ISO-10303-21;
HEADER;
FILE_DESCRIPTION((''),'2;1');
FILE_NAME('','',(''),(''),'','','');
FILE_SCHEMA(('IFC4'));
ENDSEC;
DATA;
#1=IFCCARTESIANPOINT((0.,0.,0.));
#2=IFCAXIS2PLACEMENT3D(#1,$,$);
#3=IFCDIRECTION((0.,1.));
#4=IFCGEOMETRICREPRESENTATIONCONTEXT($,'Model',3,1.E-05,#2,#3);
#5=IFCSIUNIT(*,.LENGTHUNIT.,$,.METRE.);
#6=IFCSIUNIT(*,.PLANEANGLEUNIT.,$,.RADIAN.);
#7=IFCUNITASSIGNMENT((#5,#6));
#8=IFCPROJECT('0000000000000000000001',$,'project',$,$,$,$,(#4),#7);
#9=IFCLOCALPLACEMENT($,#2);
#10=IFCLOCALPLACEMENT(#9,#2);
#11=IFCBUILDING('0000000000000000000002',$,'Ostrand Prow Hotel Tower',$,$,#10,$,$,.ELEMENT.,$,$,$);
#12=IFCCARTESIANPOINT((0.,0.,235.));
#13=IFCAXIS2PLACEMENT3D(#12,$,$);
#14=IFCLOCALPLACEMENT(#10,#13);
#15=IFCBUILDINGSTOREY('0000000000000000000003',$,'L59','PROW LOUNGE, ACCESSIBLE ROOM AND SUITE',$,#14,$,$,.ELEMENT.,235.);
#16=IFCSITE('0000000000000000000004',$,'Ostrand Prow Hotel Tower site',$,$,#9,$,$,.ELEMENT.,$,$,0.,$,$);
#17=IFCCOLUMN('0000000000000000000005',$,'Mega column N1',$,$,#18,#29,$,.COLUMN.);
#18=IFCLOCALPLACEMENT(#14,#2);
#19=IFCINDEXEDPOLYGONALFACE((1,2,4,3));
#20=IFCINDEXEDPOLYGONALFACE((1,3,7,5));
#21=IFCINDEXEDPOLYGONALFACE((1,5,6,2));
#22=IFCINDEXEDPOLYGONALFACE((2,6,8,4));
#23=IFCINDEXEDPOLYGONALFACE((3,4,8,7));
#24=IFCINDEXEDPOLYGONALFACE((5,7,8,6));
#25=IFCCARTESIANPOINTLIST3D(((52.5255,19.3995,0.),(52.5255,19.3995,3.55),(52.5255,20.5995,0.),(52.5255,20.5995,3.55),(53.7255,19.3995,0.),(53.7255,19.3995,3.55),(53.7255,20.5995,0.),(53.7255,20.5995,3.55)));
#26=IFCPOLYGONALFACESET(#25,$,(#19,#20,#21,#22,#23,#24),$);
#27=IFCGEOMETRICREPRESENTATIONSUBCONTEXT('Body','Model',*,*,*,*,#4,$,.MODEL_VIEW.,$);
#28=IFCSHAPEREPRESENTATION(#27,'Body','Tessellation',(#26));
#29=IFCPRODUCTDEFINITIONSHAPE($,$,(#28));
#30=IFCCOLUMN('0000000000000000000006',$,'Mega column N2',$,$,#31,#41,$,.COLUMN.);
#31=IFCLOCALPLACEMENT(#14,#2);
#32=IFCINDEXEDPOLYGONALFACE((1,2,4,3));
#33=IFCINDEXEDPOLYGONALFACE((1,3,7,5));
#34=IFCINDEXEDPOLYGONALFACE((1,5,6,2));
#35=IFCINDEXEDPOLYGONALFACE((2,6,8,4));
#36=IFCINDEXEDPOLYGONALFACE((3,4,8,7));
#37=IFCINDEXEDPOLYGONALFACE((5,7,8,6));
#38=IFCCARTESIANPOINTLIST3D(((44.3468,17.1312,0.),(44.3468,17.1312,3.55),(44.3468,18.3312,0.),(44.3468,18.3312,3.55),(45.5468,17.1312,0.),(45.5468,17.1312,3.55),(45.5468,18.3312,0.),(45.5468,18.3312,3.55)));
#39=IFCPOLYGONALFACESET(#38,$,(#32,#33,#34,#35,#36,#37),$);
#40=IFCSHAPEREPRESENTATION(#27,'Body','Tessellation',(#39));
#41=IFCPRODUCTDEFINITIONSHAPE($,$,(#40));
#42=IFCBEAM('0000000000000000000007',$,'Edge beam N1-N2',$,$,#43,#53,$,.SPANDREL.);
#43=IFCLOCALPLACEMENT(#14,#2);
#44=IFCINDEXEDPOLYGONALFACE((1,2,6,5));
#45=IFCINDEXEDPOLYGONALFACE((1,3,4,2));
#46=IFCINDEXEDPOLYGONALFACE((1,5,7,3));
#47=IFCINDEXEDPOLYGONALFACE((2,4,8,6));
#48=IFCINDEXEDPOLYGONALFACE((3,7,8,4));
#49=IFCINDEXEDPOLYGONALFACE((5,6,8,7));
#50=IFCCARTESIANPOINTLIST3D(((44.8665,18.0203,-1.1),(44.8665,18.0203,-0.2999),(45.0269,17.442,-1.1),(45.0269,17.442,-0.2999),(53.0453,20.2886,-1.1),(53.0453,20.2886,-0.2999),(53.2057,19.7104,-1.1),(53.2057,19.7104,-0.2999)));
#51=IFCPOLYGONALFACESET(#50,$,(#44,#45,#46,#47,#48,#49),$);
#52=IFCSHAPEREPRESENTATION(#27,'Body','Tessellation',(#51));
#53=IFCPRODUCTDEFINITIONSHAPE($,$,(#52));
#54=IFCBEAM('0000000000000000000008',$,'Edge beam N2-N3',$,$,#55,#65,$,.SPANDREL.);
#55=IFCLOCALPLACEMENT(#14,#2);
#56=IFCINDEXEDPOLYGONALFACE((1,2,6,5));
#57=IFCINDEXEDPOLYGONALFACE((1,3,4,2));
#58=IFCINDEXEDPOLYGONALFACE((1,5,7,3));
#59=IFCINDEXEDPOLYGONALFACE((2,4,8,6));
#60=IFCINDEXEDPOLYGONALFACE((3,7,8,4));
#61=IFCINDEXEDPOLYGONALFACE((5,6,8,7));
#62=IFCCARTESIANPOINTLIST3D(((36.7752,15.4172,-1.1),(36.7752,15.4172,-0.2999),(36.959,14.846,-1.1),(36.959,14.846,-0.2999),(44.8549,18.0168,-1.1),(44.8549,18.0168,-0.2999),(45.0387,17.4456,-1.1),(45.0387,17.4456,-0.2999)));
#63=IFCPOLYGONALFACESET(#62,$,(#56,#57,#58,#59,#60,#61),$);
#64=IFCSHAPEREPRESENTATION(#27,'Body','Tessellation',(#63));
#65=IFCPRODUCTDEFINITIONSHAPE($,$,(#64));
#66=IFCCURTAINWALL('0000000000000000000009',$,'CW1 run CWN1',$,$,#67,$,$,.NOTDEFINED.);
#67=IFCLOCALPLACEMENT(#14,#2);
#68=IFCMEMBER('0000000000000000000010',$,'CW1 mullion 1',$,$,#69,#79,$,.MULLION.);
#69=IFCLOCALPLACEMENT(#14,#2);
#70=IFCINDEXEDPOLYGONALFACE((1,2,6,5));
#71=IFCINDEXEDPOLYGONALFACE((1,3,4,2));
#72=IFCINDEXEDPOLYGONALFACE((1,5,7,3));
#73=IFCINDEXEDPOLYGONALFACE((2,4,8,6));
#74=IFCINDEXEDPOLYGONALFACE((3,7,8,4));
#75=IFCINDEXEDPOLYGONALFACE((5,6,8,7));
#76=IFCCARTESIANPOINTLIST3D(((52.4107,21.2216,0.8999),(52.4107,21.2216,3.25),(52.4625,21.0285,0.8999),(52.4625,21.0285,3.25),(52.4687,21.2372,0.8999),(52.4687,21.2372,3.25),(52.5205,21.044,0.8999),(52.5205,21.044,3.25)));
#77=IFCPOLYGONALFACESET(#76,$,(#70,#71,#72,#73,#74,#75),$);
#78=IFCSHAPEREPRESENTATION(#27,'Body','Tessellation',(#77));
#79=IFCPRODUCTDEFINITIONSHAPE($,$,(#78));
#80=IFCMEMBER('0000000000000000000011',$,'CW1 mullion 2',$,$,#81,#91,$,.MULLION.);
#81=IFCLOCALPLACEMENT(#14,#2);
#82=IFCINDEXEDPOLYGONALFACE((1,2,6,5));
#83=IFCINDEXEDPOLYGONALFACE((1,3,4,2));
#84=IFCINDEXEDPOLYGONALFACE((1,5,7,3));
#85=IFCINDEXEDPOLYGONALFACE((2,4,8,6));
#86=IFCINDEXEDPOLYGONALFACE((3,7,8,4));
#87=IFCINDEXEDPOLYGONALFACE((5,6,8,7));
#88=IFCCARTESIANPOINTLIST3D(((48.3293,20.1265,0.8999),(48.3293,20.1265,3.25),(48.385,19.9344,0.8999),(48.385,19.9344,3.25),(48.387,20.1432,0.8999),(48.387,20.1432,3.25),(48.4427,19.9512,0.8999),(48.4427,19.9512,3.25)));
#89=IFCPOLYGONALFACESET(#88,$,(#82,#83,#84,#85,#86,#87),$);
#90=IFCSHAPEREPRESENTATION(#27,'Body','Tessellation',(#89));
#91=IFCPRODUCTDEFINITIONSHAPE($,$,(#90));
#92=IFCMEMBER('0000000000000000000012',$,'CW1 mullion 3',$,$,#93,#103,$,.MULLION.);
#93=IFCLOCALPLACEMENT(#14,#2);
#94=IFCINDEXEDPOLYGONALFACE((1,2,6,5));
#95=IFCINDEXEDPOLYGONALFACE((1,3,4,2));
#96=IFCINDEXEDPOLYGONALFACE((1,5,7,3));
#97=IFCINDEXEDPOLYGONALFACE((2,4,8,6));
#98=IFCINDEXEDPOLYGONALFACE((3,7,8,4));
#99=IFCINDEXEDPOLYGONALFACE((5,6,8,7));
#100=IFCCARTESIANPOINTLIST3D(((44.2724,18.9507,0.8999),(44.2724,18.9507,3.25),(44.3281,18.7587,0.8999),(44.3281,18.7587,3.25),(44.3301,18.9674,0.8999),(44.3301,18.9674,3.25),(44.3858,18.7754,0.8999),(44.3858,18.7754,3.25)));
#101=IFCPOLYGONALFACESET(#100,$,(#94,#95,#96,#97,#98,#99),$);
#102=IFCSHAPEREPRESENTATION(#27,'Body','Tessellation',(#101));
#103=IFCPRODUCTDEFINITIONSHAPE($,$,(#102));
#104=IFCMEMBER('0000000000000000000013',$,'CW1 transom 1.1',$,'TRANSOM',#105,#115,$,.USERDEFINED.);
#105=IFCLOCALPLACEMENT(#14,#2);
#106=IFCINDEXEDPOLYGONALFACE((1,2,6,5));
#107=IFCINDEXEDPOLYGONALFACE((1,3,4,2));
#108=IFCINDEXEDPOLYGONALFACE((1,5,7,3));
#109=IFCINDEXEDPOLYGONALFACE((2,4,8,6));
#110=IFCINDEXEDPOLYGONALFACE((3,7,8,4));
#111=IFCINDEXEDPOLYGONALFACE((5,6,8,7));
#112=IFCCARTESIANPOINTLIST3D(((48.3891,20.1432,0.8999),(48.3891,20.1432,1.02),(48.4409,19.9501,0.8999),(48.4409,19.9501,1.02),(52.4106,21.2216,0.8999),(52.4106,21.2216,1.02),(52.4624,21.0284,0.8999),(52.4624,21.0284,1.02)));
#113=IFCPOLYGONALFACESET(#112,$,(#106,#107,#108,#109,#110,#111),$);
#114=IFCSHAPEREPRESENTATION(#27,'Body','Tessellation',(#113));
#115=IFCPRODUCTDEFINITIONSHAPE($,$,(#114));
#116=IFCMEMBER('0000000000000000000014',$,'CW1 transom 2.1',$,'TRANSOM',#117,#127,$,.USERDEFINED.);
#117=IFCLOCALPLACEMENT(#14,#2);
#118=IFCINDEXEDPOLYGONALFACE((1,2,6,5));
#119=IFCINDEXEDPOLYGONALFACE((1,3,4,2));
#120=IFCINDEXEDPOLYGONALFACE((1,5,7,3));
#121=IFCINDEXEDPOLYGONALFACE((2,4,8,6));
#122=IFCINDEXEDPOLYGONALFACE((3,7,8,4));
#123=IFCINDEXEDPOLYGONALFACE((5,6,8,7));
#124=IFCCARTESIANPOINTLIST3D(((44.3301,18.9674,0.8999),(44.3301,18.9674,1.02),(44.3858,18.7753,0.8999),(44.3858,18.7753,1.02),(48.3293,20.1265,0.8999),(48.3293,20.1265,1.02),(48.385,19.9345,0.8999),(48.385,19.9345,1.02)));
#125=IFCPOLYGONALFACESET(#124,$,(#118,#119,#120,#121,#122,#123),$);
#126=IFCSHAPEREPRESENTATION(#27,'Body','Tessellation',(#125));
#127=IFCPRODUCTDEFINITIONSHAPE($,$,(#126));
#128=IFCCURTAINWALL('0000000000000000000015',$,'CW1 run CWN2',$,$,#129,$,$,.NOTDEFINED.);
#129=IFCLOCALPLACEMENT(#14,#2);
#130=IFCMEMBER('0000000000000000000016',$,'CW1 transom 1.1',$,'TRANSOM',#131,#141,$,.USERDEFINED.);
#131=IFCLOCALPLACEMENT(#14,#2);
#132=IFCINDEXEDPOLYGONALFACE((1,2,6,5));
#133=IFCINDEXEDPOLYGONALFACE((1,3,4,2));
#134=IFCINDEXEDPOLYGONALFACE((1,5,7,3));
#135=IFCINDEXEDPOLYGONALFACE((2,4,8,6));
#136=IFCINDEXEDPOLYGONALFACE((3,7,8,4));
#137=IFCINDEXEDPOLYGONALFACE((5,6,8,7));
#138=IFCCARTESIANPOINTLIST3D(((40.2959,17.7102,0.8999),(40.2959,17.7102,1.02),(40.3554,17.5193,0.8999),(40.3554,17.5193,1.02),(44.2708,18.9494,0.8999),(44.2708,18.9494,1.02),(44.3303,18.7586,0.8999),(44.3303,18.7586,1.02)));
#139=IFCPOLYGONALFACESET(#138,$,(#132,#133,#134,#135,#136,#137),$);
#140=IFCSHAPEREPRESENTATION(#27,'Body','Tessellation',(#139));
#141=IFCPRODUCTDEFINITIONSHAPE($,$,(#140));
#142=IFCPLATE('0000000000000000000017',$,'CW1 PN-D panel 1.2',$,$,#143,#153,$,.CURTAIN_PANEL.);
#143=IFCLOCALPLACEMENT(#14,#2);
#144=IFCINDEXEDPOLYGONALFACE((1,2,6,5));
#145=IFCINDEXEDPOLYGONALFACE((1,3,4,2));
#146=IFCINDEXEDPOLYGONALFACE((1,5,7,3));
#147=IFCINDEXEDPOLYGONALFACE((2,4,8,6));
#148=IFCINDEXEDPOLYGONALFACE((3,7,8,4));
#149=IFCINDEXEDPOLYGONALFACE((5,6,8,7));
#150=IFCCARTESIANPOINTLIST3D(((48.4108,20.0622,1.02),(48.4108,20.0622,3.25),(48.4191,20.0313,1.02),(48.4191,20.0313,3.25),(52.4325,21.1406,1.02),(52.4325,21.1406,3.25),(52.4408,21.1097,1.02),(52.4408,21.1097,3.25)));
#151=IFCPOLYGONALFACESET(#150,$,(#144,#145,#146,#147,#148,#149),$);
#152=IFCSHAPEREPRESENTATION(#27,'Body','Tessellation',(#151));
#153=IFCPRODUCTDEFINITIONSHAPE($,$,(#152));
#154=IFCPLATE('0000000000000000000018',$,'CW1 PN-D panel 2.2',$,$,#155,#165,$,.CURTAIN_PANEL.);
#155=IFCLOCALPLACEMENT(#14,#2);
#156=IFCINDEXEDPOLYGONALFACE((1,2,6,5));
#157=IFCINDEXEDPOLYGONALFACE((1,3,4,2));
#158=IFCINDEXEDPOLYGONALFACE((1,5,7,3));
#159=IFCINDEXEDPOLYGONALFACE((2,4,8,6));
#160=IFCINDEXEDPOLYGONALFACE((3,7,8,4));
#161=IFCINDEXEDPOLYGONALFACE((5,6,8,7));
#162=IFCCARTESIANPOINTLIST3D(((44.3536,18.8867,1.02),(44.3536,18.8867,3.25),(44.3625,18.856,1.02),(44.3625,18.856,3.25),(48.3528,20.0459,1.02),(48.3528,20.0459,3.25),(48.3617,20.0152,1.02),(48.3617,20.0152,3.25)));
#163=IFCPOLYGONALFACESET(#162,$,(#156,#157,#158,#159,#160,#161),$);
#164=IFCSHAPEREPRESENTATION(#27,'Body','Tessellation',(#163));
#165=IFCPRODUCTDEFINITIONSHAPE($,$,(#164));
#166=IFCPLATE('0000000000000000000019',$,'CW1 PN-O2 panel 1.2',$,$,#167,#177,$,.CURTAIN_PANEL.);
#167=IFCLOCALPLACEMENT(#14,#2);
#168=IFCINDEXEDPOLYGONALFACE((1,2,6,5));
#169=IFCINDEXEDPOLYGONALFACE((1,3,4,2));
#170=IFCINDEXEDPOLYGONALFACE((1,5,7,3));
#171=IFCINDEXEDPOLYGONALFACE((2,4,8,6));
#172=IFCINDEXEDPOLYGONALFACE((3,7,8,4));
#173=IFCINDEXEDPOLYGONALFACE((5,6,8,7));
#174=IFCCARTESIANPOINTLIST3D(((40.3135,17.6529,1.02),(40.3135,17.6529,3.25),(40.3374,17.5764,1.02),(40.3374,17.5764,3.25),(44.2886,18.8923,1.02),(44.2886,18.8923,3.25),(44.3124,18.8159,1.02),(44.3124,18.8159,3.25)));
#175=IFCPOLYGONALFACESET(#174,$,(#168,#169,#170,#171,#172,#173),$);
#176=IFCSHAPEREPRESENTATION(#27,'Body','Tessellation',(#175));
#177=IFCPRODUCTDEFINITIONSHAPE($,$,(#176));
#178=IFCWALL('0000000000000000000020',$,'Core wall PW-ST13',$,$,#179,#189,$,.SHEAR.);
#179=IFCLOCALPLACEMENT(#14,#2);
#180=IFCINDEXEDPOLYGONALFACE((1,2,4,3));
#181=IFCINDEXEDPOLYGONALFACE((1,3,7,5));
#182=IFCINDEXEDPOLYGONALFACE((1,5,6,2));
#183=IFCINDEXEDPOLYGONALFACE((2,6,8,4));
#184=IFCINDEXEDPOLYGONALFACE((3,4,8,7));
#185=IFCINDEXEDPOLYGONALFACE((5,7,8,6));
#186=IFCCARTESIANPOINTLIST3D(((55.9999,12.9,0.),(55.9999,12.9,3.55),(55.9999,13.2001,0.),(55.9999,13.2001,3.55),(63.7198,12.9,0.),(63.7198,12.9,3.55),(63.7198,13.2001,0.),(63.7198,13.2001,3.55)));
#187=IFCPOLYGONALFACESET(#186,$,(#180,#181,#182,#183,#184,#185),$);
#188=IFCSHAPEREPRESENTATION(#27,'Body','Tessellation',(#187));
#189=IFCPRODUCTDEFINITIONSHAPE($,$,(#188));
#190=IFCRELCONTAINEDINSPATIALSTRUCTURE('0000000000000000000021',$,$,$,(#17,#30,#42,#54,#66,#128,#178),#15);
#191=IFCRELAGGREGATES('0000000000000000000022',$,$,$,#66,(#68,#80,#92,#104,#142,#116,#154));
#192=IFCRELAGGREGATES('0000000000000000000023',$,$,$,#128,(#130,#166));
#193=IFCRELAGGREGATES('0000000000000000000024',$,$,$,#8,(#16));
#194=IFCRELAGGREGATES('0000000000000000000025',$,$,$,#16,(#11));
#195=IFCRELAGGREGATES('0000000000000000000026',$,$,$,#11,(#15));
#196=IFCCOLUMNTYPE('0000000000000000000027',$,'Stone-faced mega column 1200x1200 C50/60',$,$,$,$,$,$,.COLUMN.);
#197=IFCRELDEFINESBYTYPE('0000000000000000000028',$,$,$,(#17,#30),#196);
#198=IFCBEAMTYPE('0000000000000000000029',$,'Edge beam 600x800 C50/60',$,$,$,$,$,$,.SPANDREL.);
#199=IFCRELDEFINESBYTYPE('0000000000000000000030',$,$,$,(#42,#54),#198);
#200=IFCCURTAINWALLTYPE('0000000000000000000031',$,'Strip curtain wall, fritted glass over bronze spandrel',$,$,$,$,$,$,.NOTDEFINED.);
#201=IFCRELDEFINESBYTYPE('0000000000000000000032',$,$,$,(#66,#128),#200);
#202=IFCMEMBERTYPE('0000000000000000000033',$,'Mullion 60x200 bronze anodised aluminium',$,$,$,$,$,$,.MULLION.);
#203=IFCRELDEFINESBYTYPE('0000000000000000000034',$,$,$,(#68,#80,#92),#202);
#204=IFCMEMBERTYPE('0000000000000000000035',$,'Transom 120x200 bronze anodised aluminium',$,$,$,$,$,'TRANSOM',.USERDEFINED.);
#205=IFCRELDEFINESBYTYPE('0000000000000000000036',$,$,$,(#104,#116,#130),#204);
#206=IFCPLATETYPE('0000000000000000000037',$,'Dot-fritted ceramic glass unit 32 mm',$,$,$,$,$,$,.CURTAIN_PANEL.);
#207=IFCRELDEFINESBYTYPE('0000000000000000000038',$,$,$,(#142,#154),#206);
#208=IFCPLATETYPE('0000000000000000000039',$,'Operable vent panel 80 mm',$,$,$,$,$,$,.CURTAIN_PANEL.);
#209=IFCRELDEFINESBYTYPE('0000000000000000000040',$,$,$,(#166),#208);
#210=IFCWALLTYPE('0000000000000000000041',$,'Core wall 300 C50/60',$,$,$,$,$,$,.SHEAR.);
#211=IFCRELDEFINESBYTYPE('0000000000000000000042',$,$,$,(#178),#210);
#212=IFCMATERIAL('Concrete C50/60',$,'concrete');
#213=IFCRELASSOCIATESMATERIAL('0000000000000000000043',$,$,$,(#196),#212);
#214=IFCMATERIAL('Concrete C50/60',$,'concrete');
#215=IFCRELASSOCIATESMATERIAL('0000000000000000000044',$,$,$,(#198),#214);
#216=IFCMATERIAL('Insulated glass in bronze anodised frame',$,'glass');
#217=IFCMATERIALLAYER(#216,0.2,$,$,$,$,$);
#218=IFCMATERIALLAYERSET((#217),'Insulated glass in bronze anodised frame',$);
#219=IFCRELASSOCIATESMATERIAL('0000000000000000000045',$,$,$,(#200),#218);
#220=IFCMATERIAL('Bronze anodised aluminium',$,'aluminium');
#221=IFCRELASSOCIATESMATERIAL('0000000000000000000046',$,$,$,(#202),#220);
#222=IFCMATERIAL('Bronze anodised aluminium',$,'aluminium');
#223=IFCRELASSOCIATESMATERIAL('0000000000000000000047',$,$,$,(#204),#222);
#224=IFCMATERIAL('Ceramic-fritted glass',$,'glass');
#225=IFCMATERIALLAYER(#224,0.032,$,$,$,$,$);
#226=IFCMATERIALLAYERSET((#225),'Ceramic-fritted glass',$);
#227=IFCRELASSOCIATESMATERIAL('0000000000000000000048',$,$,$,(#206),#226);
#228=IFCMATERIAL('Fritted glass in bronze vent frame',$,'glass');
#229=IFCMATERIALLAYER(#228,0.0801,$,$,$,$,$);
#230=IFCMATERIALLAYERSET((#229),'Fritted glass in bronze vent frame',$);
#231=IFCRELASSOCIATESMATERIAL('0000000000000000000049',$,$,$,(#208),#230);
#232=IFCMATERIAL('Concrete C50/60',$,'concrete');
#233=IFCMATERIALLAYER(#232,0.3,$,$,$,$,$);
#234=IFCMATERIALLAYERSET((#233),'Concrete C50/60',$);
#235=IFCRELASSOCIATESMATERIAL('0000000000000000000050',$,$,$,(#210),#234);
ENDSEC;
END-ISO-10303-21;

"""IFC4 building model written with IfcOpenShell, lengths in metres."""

from ifc_helpers import new_model, si_unit, direction, frame, frame_2d, origin, origin_2d, place, context, subcontext, project, spatial, rectangle, extrude, material, layer, layer_set, material_profile, profile_set, type_object, element, aggregate, save


model = new_model("IFC4")

# Units and contexts
model_context = context("Model", 3, precision=1e-05, world=origin(), true_north=direction((0.0, 1.0)))
body_context = subcontext(model_context, "Body", "Model", "MODEL_VIEW")
ifc_project = project(units=[si_unit("LENGTHUNIT", "METRE"), si_unit("PLANEANGLEUNIT", "RADIAN")], contexts=[model_context])

# Site, building, storey
site_placement = place(None, origin())
site = spatial("IfcSite", under=ifc_project, at=site_placement, Name="Ostrand Prow Hotel Tower site", CompositionType="ELEMENT", RefElevation=0.0)
building_placement = place(site_placement, origin())
building = spatial("IfcBuilding", under=site, at=building_placement, Name="Ostrand Prow Hotel Tower", CompositionType="ELEMENT")
storey_placement = place(building_placement, frame((0.0, 0.0, 235.0)))
storey = spatial("IfcBuildingStorey", under=building, at=storey_placement, Name="L59", Description="PROW LOUNGE, ACCESSIBLE ROOM AND SUITE", CompositionType="ELEMENT", Elevation=235.0)

# Columns
ifc_material_1 = material(Name="Concrete C50/60", Category="concrete")
ifc_material_profile_1 = material_profile(ifc_material_1, rectangle(XDim=1.2, YDim=1.2, at=origin_2d()), Name="RC 1200x1200")
ifc_profile_set_1 = profile_set([ifc_material_profile_1], Name="Concrete C50/60")
column_type = type_object("IfcColumnType", Name="Stone-faced mega column 1200x1200 C50/60", PredefinedType="COLUMN", material=ifc_profile_set_1)
for number, where, z_axis, x_axis, name in (
    (1, (53.1255, 19.9995, 0.0), (0.0, 0.0, 1.0), (1.0, 0.0, 0.0), "Mega column N1"),
    (2, (44.9468, 17.7312, 0.0), (0.0, 0.0, 1.0), (1.0, 0.0, 0.0), "Mega column N2"),
):
    element("IfcColumn", number, at=place(storey_placement, frame(where, z_axis=z_axis, x_axis=x_axis)), inside=storey, type_object=column_type, Name=name, PredefinedType="COLUMN", context=body_context, shape_type="SweptSolid", body=[
        extrude(rectangle(XDim=1.2, YDim=1.2, at=origin_2d()), origin(), (0.0, 0.0, 1.0), 3.55),
    ])

# Beams
ifc_material_2 = material(Name="Concrete C50/60", Category="concrete")
ifc_material_profile_2 = material_profile(ifc_material_2, rectangle(XDim=0.6001, YDim=0.8, at=origin_2d()), Name="RC 600x800")
ifc_profile_set_2 = profile_set([ifc_material_profile_2], Name="Concrete C50/60")
beam_type = type_object("IfcBeamType", Name="Edge beam 600x800 C50/60", PredefinedType="SPANDREL", material=ifc_profile_set_2)
for number, where, z_axis, x_axis, name in (
    (3, (53.1255, 19.9995, -0.7), (-0.963626, -0.267255, 0.0), (0.267255, -0.963626, 0.0), "Edge beam N1-N2"),
    (4, (44.9468, 17.7312, -0.7), (-0.951939, -0.306287, 0.0), (0.306287, -0.951939, 0.0), "Edge beam N2-N3"),
):
    element("IfcBeam", number, at=place(storey_placement, frame(where, z_axis=z_axis, x_axis=x_axis)), inside=storey, type_object=beam_type, Name=name, PredefinedType="SPANDREL", context=body_context, shape_type="SweptSolid", body=[
        extrude(rectangle(XDim=0.6001, YDim=0.8, at=origin_2d()), origin(), (0.0, 0.0, 1.0), 8.4875),
    ])

# Curtain wall, members
ifc_material_3 = material(Name="Insulated glass in bronze anodised frame", Category="glass")
ifc_layer_1 = layer(ifc_material_3, 0.2)
ifc_layer_set_1 = layer_set([ifc_layer_1], Name="Insulated glass in bronze anodised frame")
curtain_wall_type = type_object("IfcCurtainWallType", Name="Strip curtain wall, fritted glass over bronze spandrel", PredefinedType="NOTDEFINED", material=ifc_layer_set_1)
curtain_wall_1_placement = place(storey_placement, origin())
curtain_wall_1 = element("IfcCurtainWall", 5, at=curtain_wall_1_placement, inside=storey, type_object=curtain_wall_type, Name="CW1 run CWN1", PredefinedType="NOTDEFINED")
ifc_material_4 = material(Name="Bronze anodised aluminium", Category="aluminium")
ifc_material_profile_3 = material_profile(ifc_material_4, rectangle(XDim=0.2, YDim=0.0601, at=origin_2d()), Name="Mullion 60x200 bronze anodised aluminium")
ifc_profile_set_3 = profile_set([ifc_material_profile_3], Name="Bronze anodised aluminium")
member_type_1 = type_object("IfcMemberType", Name="Mullion 60x200 bronze anodised aluminium", PredefinedType="MULLION", material=ifc_profile_set_3)
member_1_placement = place(storey_placement, frame((52.4656, 21.1328, 0.8999), z_axis=(0.0, 0.0, 1.0), x_axis=(0.258994, -0.965879, 0.0)))
member_1 = element("IfcMember", 6, at=member_1_placement, type_object=member_type_1, Name="CW1 mullion 1", PredefinedType="MULLION", context=body_context, shape_type="SweptSolid", body=[
    extrude(rectangle(XDim=0.2, YDim=0.0601, at=origin_2d()), origin(), (0.0, 0.0, 1.0), 2.3501),
])
member_2_placement = place(storey_placement, frame((48.386, 20.0388, 0.8999), z_axis=(0.0, 0.0, 1.0), x_axis=(0.278393, -0.960467, 0.0)))
member_2 = element("IfcMember", 7, at=member_2_placement, type_object=member_type_1, Name="CW1 mullion 2", PredefinedType="MULLION", context=body_context, shape_type="SweptSolid", body=[
    extrude(rectangle(XDim=0.2, YDim=0.0601, at=origin_2d()), origin(), (0.0, 0.0, 1.0), 2.3501),
])
member_3_placement = place(storey_placement, frame((44.3291, 18.863, 0.8999), z_axis=(0.0, 0.0, 1.0), x_axis=(0.278393, -0.960467, 0.0)))
member_3 = element("IfcMember", 8, at=member_3_placement, type_object=member_type_1, Name="CW1 mullion 3", PredefinedType="MULLION", context=body_context, shape_type="SweptSolid", body=[
    extrude(rectangle(XDim=0.2, YDim=0.0601, at=origin_2d()), origin(), (0.0, 0.0, 1.0), 2.3501),
])
ifc_material_5 = material(Name="Bronze anodised aluminium", Category="aluminium")
ifc_material_profile_4 = material_profile(ifc_material_5, rectangle(XDim=0.2, YDim=0.1201, at=origin_2d()), Name="Transom 120x200 bronze anodised aluminium")
ifc_profile_set_4 = profile_set([ifc_material_profile_4], Name="Bronze anodised aluminium")
member_type_2 = type_object("IfcMemberType", Name="Transom 120x200 bronze anodised aluminium", ElementType="TRANSOM", PredefinedType="USERDEFINED", material=ifc_profile_set_4)
member_4_placement = place(storey_placement, frame((52.4365, 21.125, 0.96), z_axis=(-0.965877, -0.259002, 0.0), x_axis=(0.259002, -0.965877, 0.0)))
member_4 = element("IfcMember", 9, at=member_4_placement, type_object=member_type_2, Name="CW1 transom 1.1", ObjectType="TRANSOM", PredefinedType="USERDEFINED", context=body_context, shape_type="SweptSolid", body=[
    extrude(rectangle(XDim=0.2, YDim=0.1201, at=origin_2d()), origin(), (0.0, 0.0, 1.0), 4.1636),
])
member_5_placement = place(storey_placement, frame((48.3572, 20.0305, 0.96), z_axis=(-0.960468, -0.27839, 0.0), x_axis=(0.27839, -0.960468, 0.0)))
member_5 = element("IfcMember", 10, at=member_5_placement, type_object=member_type_2, Name="CW1 transom 2.1", ObjectType="TRANSOM", PredefinedType="USERDEFINED", context=body_context, shape_type="SweptSolid", body=[
    extrude(rectangle(XDim=0.2, YDim=0.1201, at=origin_2d()), origin(), (0.0, 0.0, 1.0), 4.1638),
])

# Curtain wall, member
curtain_wall_2_placement = place(storey_placement, origin())
curtain_wall_2 = element("IfcCurtainWall", 11, at=curtain_wall_2_placement, inside=storey, type_object=curtain_wall_type, Name="CW1 run CWN2", PredefinedType="NOTDEFINED")
member_6_placement = place(storey_placement, frame((44.3005, 18.854, 0.96), z_axis=(-0.954677, -0.297644, 0.0), x_axis=(0.297644, -0.954677, 0.0)))
member_6 = element("IfcMember", 12, at=member_6_placement, type_object=member_type_2, Name="CW1 transom 1.1", ObjectType="TRANSOM", PredefinedType="USERDEFINED", context=body_context, shape_type="SweptSolid", body=[
    extrude(rectangle(XDim=0.2, YDim=0.1201, at=origin_2d()), origin(), (0.0, 0.0, 1.0), 4.1636),
])

# Plates
ifc_material_6 = material(Name="Ceramic-fritted glass", Category="glass")
ifc_layer_2 = layer(ifc_material_6, 0.032)
ifc_layer_set_2 = layer_set([ifc_layer_2], Name="Ceramic-fritted glass")
plate_type_1 = type_object("IfcPlateType", Name="Dot-fritted ceramic glass unit 32 mm", PredefinedType="CURTAIN_PANEL", material=ifc_layer_set_2)
plate_1_placement = place(storey_placement, frame((50.4258, 20.5859, 1.02), z_axis=(0.0, 0.0, 1.0), x_axis=(-0.965879, -0.258994, 0.0)))
plate_1 = element("IfcPlate", 13, at=plate_1_placement, type_object=plate_type_1, Name="CW1 PN-D panel 1.2", PredefinedType="CURTAIN_PANEL", context=body_context, shape_type="SweptSolid", body=[
    extrude(rectangle(XDim=4.1638, YDim=0.032, at=origin_2d()), origin(), (0.0, 0.0, 1.0), 2.23),
])
plate_2_placement = place(storey_placement, frame((46.3577, 19.4509, 1.02), z_axis=(0.0, 0.0, 1.0), x_axis=(-0.960467, -0.278393, 0.0)))
plate_2 = element("IfcPlate", 14, at=plate_2_placement, type_object=plate_type_1, Name="CW1 PN-D panel 2.2", PredefinedType="CURTAIN_PANEL", context=body_context, shape_type="SweptSolid", body=[
    extrude(rectangle(XDim=4.1638, YDim=0.032, at=origin_2d()), origin(), (0.0, 0.0, 1.0), 2.23),
])
aggregate(curtain_wall_1, [member_1, member_2, member_3, member_4, plate_1, member_5, plate_2])
ifc_material_7 = material(Name="Fritted glass in bronze vent frame", Category="glass")
ifc_layer_3 = layer(ifc_material_7, 0.0801)
ifc_layer_set_3 = layer_set([ifc_layer_3], Name="Fritted glass in bronze vent frame")
plate_type_2 = type_object("IfcPlateType", Name="Operable vent panel 80 mm", PredefinedType="CURTAIN_PANEL", material=ifc_layer_set_3)
plate_3_placement = place(storey_placement, frame((42.313, 18.2344, 1.02), z_axis=(0.0, 0.0, 1.0), x_axis=(-0.954666, -0.297678, 0.0)))
plate_3 = element("IfcPlate", 15, at=plate_3_placement, type_object=plate_type_2, Name="CW1 PN-O2 panel 1.2", PredefinedType="CURTAIN_PANEL", context=body_context, shape_type="SweptSolid", body=[
    extrude(rectangle(XDim=4.1638, YDim=0.0801, at=origin_2d()), origin(), (0.0, 0.0, 1.0), 2.23),
])
aggregate(curtain_wall_2, [member_6, plate_3])

# Wall
ifc_material_8 = material(Name="Concrete C50/60", Category="concrete")
ifc_layer_4 = layer(ifc_material_8, 0.3)
ifc_layer_set_4 = layer_set([ifc_layer_4], Name="Concrete C50/60")
wall_type_1 = type_object("IfcWallType", Name="Core wall 300 C50/60", PredefinedType="SHEAR", material=ifc_layer_set_4)
wall_1_placement = place(storey_placement, frame((56.0, 13.05, 0.0), z_axis=(0.0, 0.0, 1.0), x_axis=(1.0, 0.0, 0.0)))
element("IfcWall", 16, at=wall_1_placement, inside=storey, type_object=wall_type_1, Name="Core wall PW-ST13", PredefinedType="SHEAR", context=body_context, shape_type="SweptSolid", body=[
    extrude(rectangle(XDim=7.72, YDim=0.3, at=frame_2d((3.8599, 0.0))), origin(), (0.0, 0.0, 1.0), 3.55),
])

save(model, "model.ifc")
